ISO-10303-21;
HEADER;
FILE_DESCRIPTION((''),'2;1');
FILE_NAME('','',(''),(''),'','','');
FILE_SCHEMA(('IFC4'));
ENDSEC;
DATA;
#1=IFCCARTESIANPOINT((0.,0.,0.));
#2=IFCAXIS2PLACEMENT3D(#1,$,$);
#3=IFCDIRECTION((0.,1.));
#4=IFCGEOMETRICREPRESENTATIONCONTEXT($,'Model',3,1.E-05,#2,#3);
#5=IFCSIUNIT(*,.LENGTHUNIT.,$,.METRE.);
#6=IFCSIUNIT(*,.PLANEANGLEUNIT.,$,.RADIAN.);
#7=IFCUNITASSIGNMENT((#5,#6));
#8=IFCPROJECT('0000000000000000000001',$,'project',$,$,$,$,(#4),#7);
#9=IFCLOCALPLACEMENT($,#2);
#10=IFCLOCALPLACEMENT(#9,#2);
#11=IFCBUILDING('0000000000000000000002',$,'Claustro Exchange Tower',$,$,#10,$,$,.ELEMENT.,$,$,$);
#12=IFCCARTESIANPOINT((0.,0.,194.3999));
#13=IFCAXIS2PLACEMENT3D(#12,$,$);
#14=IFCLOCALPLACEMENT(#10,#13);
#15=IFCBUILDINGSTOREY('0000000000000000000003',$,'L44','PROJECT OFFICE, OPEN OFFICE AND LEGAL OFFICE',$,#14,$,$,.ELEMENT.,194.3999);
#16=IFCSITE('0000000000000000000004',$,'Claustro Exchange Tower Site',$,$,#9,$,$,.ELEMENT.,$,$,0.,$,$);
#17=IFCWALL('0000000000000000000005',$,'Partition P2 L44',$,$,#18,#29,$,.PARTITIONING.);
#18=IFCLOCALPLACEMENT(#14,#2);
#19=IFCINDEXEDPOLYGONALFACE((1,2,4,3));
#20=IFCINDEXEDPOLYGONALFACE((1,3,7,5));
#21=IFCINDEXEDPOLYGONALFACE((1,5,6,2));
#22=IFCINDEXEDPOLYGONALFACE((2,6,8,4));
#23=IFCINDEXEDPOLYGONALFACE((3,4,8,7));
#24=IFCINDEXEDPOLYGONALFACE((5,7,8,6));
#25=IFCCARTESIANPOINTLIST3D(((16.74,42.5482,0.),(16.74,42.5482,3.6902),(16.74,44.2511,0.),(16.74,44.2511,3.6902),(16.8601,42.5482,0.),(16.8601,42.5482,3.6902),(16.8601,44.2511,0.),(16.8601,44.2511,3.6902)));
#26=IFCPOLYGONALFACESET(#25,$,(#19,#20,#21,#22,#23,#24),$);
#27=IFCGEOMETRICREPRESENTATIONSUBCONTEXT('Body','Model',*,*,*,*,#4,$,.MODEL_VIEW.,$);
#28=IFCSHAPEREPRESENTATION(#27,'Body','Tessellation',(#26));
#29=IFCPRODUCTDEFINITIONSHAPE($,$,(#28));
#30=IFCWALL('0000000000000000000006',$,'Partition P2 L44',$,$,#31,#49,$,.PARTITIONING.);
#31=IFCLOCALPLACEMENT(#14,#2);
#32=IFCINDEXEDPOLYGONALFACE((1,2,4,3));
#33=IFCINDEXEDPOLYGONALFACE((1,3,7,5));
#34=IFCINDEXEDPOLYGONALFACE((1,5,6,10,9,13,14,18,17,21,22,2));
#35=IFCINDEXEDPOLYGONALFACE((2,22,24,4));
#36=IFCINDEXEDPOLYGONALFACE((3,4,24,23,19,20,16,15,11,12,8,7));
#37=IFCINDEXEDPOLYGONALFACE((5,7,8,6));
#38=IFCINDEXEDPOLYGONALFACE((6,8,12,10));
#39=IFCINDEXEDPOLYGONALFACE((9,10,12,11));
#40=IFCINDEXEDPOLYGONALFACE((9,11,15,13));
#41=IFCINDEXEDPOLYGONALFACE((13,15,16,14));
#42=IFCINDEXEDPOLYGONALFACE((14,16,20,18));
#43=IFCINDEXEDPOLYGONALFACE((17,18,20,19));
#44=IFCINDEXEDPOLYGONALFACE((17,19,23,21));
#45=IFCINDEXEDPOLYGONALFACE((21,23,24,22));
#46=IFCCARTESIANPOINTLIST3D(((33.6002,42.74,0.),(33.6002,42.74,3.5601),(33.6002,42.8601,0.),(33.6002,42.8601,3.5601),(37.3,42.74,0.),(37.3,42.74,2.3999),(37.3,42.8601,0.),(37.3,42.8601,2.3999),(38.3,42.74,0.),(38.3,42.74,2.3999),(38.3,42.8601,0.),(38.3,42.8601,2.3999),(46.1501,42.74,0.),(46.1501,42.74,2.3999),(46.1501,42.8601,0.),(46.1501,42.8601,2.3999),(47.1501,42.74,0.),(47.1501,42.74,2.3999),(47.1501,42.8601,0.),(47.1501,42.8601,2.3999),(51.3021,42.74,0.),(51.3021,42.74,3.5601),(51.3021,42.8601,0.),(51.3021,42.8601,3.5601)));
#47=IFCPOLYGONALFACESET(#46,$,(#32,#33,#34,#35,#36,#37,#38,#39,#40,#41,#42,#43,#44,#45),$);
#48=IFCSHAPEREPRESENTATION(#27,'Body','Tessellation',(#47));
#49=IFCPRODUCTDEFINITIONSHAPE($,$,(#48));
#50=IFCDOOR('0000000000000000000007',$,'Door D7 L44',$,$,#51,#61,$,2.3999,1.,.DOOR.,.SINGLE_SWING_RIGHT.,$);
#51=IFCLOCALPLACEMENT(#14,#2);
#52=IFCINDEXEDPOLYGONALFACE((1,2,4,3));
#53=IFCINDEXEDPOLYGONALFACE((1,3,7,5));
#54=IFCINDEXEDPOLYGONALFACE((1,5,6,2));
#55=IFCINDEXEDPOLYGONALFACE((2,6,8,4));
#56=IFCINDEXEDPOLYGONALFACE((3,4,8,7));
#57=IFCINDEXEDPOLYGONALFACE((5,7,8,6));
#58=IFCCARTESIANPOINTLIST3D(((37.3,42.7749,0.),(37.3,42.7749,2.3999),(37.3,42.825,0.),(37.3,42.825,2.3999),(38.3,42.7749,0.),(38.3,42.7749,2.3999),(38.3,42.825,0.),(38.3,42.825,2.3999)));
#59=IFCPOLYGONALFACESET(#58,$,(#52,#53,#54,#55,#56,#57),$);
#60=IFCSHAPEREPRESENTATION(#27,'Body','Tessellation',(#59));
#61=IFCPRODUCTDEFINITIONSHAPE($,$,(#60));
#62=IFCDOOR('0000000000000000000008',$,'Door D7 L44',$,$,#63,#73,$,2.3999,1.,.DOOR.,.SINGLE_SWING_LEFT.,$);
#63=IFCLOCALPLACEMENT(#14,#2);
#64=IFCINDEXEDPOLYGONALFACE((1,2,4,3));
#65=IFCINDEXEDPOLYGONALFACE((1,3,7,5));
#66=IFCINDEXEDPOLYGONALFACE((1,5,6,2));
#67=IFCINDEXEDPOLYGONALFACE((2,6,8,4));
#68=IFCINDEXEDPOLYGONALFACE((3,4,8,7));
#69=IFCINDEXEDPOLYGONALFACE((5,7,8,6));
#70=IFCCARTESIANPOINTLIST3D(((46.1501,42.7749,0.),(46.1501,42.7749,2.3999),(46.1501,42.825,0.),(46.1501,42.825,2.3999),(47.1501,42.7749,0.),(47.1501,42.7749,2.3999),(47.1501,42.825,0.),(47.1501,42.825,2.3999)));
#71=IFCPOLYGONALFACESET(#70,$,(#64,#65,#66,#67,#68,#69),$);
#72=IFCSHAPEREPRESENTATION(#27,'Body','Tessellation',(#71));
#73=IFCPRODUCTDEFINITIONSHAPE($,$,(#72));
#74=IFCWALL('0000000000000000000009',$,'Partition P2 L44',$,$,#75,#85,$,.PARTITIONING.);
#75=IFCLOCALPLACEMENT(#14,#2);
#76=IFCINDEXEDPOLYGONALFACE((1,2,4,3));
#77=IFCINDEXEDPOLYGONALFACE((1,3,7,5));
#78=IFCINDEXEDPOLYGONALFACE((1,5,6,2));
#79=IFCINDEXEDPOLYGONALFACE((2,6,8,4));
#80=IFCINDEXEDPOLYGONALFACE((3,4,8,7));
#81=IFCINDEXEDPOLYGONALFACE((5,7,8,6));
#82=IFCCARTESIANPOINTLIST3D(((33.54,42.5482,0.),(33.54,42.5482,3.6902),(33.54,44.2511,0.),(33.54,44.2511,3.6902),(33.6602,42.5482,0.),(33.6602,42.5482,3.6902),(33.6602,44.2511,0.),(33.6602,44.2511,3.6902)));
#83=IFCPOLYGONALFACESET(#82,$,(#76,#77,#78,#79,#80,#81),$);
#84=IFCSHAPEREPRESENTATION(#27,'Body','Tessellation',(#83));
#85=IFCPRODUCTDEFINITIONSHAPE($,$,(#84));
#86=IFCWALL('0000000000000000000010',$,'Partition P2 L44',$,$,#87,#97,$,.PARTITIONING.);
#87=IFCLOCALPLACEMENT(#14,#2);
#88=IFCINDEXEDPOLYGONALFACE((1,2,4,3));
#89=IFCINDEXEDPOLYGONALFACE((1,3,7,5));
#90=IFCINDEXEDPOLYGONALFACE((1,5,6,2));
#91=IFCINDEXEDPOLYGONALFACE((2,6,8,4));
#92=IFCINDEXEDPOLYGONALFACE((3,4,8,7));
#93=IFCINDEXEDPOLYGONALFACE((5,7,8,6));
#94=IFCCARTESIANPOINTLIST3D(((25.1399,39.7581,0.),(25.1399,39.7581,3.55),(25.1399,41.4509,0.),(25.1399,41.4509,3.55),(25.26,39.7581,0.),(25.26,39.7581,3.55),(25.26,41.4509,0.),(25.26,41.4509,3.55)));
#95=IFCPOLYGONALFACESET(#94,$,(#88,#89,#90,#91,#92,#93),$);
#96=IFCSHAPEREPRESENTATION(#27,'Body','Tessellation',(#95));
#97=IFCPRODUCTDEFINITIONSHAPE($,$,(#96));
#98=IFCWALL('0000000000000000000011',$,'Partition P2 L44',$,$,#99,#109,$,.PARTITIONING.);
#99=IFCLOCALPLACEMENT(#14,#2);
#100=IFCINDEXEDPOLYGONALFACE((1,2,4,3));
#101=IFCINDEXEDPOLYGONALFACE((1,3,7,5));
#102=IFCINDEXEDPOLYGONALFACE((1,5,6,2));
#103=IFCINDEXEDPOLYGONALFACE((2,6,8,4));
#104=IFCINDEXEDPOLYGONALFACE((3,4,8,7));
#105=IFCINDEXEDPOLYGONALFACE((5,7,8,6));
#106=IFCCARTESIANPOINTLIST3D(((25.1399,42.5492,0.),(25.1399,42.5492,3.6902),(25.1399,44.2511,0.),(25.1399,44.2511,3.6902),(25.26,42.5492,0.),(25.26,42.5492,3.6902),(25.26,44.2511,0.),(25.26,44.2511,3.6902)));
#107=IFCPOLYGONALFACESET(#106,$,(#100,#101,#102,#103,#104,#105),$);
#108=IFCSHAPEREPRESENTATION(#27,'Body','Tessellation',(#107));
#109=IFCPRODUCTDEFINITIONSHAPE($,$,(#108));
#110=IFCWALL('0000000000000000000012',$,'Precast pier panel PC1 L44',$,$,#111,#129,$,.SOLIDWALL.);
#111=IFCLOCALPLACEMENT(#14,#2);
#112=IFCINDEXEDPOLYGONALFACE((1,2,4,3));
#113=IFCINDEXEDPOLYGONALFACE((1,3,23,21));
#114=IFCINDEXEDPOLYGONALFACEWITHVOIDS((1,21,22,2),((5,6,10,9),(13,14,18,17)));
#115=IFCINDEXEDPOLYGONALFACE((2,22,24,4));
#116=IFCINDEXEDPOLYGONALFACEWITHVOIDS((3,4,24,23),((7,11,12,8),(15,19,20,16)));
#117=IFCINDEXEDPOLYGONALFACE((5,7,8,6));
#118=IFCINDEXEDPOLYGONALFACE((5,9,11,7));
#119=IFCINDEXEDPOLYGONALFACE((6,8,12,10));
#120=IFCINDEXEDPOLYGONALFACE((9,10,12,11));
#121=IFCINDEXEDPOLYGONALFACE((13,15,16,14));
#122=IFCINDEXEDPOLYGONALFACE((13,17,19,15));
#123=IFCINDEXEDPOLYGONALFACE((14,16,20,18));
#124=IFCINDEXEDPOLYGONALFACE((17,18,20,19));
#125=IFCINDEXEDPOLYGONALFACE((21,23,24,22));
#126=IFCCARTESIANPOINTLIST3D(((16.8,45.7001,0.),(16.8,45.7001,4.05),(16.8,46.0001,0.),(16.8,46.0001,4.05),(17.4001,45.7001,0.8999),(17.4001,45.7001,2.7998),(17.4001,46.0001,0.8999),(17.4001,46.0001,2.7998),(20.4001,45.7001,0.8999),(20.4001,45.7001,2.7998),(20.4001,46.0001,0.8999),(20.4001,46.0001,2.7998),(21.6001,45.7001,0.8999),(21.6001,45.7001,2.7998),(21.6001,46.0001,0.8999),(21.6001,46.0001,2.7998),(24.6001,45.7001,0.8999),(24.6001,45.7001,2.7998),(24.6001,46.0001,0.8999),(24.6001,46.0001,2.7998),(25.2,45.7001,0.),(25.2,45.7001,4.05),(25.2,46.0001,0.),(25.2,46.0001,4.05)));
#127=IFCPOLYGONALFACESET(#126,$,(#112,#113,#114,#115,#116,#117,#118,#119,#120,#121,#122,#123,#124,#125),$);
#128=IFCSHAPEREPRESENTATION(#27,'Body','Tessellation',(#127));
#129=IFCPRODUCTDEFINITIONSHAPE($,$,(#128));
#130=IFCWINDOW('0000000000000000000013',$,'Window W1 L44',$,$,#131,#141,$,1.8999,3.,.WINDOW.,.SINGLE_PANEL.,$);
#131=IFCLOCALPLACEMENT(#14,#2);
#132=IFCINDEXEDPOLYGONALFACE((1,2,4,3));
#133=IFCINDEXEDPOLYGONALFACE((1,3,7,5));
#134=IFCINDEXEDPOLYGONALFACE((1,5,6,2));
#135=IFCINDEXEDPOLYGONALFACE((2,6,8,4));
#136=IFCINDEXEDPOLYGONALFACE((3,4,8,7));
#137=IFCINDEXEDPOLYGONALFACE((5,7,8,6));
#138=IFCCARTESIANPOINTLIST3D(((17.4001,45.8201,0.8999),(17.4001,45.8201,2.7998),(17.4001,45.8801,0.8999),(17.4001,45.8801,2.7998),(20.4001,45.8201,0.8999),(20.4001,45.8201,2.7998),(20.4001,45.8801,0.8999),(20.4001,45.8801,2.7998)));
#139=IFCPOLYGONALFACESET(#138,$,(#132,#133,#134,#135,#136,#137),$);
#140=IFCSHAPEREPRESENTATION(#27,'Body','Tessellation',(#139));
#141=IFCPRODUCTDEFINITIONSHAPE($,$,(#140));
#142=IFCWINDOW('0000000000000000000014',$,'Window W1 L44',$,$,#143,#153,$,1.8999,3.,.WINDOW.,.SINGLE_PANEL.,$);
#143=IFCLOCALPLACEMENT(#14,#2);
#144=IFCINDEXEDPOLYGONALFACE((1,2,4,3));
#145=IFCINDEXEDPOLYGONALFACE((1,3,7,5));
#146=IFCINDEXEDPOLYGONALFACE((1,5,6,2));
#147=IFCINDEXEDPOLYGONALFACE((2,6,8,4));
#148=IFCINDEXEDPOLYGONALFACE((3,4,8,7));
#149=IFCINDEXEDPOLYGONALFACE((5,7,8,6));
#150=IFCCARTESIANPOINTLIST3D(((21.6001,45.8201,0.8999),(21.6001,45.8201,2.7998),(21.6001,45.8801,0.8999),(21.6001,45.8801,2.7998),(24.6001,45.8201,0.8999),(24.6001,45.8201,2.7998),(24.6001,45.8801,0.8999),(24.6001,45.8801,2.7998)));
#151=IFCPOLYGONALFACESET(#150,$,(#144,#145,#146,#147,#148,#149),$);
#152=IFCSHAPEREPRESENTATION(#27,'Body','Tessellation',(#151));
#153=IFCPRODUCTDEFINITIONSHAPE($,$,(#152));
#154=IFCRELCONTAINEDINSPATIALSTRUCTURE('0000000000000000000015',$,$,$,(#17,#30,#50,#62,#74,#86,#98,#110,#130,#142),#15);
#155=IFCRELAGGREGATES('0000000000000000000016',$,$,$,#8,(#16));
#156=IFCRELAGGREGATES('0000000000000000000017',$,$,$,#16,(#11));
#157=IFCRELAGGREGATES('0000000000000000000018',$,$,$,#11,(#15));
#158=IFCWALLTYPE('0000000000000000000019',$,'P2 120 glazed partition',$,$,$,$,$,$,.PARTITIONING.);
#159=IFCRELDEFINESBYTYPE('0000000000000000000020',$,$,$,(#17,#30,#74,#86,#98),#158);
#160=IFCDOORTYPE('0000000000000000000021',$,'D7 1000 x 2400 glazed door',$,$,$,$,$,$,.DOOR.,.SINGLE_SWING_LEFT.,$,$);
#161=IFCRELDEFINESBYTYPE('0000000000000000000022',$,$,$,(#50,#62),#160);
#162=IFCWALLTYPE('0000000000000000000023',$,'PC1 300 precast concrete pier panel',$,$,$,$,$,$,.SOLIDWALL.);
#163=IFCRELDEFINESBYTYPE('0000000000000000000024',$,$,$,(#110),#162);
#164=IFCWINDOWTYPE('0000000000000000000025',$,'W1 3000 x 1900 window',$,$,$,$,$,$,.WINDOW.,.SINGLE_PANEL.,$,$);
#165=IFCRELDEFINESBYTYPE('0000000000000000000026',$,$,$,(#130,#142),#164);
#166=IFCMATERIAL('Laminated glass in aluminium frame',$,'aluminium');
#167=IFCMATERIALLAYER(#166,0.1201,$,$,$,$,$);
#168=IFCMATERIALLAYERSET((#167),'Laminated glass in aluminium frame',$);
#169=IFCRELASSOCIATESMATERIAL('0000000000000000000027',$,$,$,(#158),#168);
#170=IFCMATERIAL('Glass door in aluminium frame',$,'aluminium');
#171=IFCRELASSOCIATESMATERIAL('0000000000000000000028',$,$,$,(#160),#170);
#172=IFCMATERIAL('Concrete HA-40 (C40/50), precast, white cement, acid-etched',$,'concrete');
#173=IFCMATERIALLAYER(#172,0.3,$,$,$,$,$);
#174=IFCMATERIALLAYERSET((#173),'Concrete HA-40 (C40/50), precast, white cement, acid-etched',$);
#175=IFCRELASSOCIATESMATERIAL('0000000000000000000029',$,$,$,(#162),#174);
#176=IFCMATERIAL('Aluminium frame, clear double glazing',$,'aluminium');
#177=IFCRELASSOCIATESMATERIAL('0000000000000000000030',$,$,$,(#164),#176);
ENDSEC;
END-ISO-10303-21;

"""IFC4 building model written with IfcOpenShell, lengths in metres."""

from ifc_helpers import new_model, si_unit, direction, frame, frame_2d, origin, place, context, subcontext, project, spatial, rectangle, extrude, material, layer, layer_set, type_object, element, fill, save


model = new_model("IFC4")

# Units and contexts
model_context = context("Model", 3, precision=1e-05, world=origin(), true_north=direction((0.0, 1.0)))
body_context = subcontext(model_context, "Body", "Model", "MODEL_VIEW")
ifc_project = project(units=[si_unit("LENGTHUNIT", "METRE"), si_unit("PLANEANGLEUNIT", "RADIAN")], contexts=[model_context])

# Site, building, storey
site_placement = place(None, origin())
site = spatial("IfcSite", under=ifc_project, at=site_placement, Name="Claustro Exchange Tower Site", CompositionType="ELEMENT", RefElevation=0.0)
building_placement = place(site_placement, origin())
building = spatial("IfcBuilding", under=site, at=building_placement, Name="Claustro Exchange Tower", CompositionType="ELEMENT")
storey_placement = place(building_placement, frame((0.0, 0.0, 194.3999)))
storey = spatial("IfcBuildingStorey", under=building, at=storey_placement, Name="L44", Description="PROJECT OFFICE, OPEN OFFICE AND LEGAL OFFICE", CompositionType="ELEMENT", Elevation=194.3999)

# Wall
ifc_material_1 = material(Name="Laminated glass in aluminium frame", Category="aluminium")
ifc_layer_1 = layer(ifc_material_1, 0.1201)
ifc_layer_set_1 = layer_set([ifc_layer_1], Name="Laminated glass in aluminium frame")
wall_type_1 = type_object("IfcWallType", Name="P2 120 glazed partition", PredefinedType="PARTITIONING", material=ifc_layer_set_1)
wall_1_placement = place(storey_placement, frame((16.8, 42.5481, 0.0), z_axis=(0.0, 0.0, 1.0), x_axis=(0.0, 1.0, 0.0)))
element("IfcWall", 1, at=wall_1_placement, inside=storey, type_object=wall_type_1, Name="Partition P2 L44", PredefinedType="PARTITIONING", context=body_context, shape_type="SweptSolid", body=[
    extrude(rectangle(XDim=1.7029, YDim=0.1201, at=frame_2d((0.8516, 0.0))), origin(), (0.0, 0.0, 1.0), 3.6902),
])

# Wall, openings, doors
wall_2_placement = place(storey_placement, frame((33.6001, 42.8, 0.0), z_axis=(0.0, 0.0, 1.0), x_axis=(1.0, 0.0, 0.0)))
wall_2 = element("IfcWall", 2, at=wall_2_placement, inside=storey, type_object=wall_type_1, Name="Partition P2 L44", PredefinedType="PARTITIONING", context=body_context, shape_type="SweptSolid", body=[
    extrude(rectangle(XDim=17.7019, YDim=0.1201, at=frame_2d((8.8511, 0.0))), origin(), (0.0, 0.0, 1.0), 3.5601),
])
opening_1_placement = place(wall_2_placement, frame((3.7, 0.0, 0.0)))
opening_1 = element("IfcOpeningElement", 3, at=opening_1_placement, cuts=wall_2, PredefinedType="OPENING", context=body_context, shape_type="SweptSolid", body=[
    extrude(rectangle(XDim=1.0, YDim=2.3999, at=frame_2d((0.5, 1.2))), frame((0.0, 0.0701, 0.0), z_axis=(0.0, -1.0, 0.0), x_axis=(1.0, 0.0, 0.0)), (0.0, 0.0, 1.0), 0.1401),
])
opening_2_placement = place(wall_2_placement, frame((12.55, 0.0, 0.0)))
opening_2 = element("IfcOpeningElement", 4, at=opening_2_placement, cuts=wall_2, PredefinedType="OPENING", context=body_context, shape_type="SweptSolid", body=[
    extrude(rectangle(XDim=1.0, YDim=2.3999, at=frame_2d((0.5, 1.2))), frame((0.0, 0.0701, 0.0), z_axis=(0.0, -1.0, 0.0), x_axis=(1.0, 0.0, 0.0)), (0.0, 0.0, 1.0), 0.1401),
])
ifc_material_2 = material(Name="Glass door in aluminium frame", Category="aluminium")
door_type = type_object("IfcDoorType", Name="D7 1000 x 2400 glazed door", OperationType="SINGLE_SWING_LEFT", PredefinedType="DOOR", material=ifc_material_2)
door_1_placement = place(opening_1_placement, origin())
door_1 = element("IfcDoor", 5, at=door_1_placement, inside=storey, type_object=door_type, Name="Door D7 L44", OperationType="SINGLE_SWING_RIGHT", OverallHeight=2.3999, OverallWidth=1.0, PredefinedType="DOOR", context=body_context, shape_type="SweptSolid", body=[
    extrude(rectangle(XDim=1.0, YDim=2.3999, at=frame_2d((0.5, 1.2))), frame((0.0, 0.0249, 0.0), z_axis=(0.0, -1.0, 0.0), x_axis=(1.0, 0.0, 0.0)), (0.0, 0.0, 1.0), 0.05),
])
fill(opening_1, door_1)
door_2_placement = place(opening_2_placement, origin())
door_2 = element("IfcDoor", 6, at=door_2_placement, inside=storey, type_object=door_type, Name="Door D7 L44", OperationType="SINGLE_SWING_LEFT", OverallHeight=2.3999, OverallWidth=1.0, PredefinedType="DOOR", context=body_context, shape_type="SweptSolid", body=[
    extrude(rectangle(XDim=1.0, YDim=2.3999, at=frame_2d((0.5, 1.2))), frame((0.0, 0.0249, 0.0), z_axis=(0.0, -1.0, 0.0), x_axis=(1.0, 0.0, 0.0)), (0.0, 0.0, 1.0), 0.05),
])
fill(opening_2, door_2)

# Walls
wall_3_placement = place(storey_placement, frame((33.6001, 42.5481, 0.0), z_axis=(0.0, 0.0, 1.0), x_axis=(0.0, 1.0, 0.0)))
element("IfcWall", 7, at=wall_3_placement, inside=storey, type_object=wall_type_1, Name="Partition P2 L44", PredefinedType="PARTITIONING", context=body_context, shape_type="SweptSolid", body=[
    extrude(rectangle(XDim=1.7029, YDim=0.1201, at=frame_2d((0.8516, 0.0))), origin(), (0.0, 0.0, 1.0), 3.6902),
])
wall_4_placement = place(storey_placement, frame((25.2, 39.7581, 0.0), z_axis=(0.0, 0.0, 1.0), x_axis=(0.0, 1.0, 0.0)))
element("IfcWall", 8, at=wall_4_placement, inside=storey, type_object=wall_type_1, Name="Partition P2 L44", PredefinedType="PARTITIONING", context=body_context, shape_type="SweptSolid", body=[
    extrude(rectangle(XDim=1.6929, YDim=0.1201, at=frame_2d((0.8464, 0.0))), origin(), (0.0, 0.0, 1.0), 3.55),
])
wall_5_placement = place(storey_placement, frame((25.2, 42.5491, 0.0), z_axis=(0.0, 0.0, 1.0), x_axis=(0.0, 1.0, 0.0)))
element("IfcWall", 9, at=wall_5_placement, inside=storey, type_object=wall_type_1, Name="Partition P2 L44", PredefinedType="PARTITIONING", context=body_context, shape_type="SweptSolid", body=[
    extrude(rectangle(XDim=1.7019, YDim=0.1201, at=frame_2d((0.8511, 0.0))), origin(), (0.0, 0.0, 1.0), 3.6902),
])

# Wall, openings, windows
ifc_material_3 = material(Name="Concrete HA-40 (C40/50), precast, white cement, acid-etched", Category="concrete")
ifc_layer_2 = layer(ifc_material_3, 0.3)
ifc_layer_set_2 = layer_set([ifc_layer_2], Name="Concrete HA-40 (C40/50), precast, white cement, acid-etched")
wall_type_2 = type_object("IfcWallType", Name="PC1 300 precast concrete pier panel", PredefinedType="SOLIDWALL", material=ifc_layer_set_2)
wall_6_placement = place(storey_placement, frame((16.8, 45.8501, 0.0), z_axis=(0.0, 0.0, 1.0), x_axis=(1.0, 0.0, 0.0)))
wall_6 = element("IfcWall", 10, at=wall_6_placement, inside=storey, type_object=wall_type_2, Name="Precast pier panel PC1 L44", PredefinedType="SOLIDWALL", context=body_context, shape_type="SweptSolid", body=[
    extrude(rectangle(XDim=8.3999, YDim=0.3, at=frame_2d((4.2, 0.0))), origin(), (0.0, 0.0, 1.0), 4.05),
])
opening_3_placement = place(wall_6_placement, frame((0.6001, 0.0, 0.8999)))
opening_3 = element("IfcOpeningElement", 11, at=opening_3_placement, cuts=wall_6, PredefinedType="OPENING", context=body_context, shape_type="SweptSolid", body=[
    extrude(rectangle(XDim=3.0, YDim=1.8999, at=frame_2d((1.5, 0.95))), frame((0.0, 0.1599, 0.0), z_axis=(0.0, -1.0, 0.0), x_axis=(1.0, 0.0, 0.0)), (0.0, 0.0, 1.0), 0.3201),
])
opening_4_placement = place(wall_6_placement, frame((4.8, 0.0, 0.8999)))
opening_4 = element("IfcOpeningElement", 12, at=opening_4_placement, cuts=wall_6, PredefinedType="OPENING", context=body_context, shape_type="SweptSolid", body=[
    extrude(rectangle(XDim=3.0, YDim=1.8999, at=frame_2d((1.5, 0.95))), frame((0.0, 0.1599, 0.0), z_axis=(0.0, -1.0, 0.0), x_axis=(1.0, 0.0, 0.0)), (0.0, 0.0, 1.0), 0.3201),
])
ifc_material_4 = material(Name="Aluminium frame, clear double glazing", Category="aluminium")
window_type = type_object("IfcWindowType", Name="W1 3000 x 1900 window", PartitioningType="SINGLE_PANEL", PredefinedType="WINDOW", material=ifc_material_4)
window_1_placement = place(opening_3_placement, origin())
window_1 = element("IfcWindow", 13, at=window_1_placement, inside=storey, type_object=window_type, Name="Window W1 L44", OverallHeight=1.8999, OverallWidth=3.0, PartitioningType="SINGLE_PANEL", PredefinedType="WINDOW", context=body_context, shape_type="SweptSolid", body=[
    extrude(rectangle(XDim=3.0, YDim=1.8999, at=frame_2d((1.5, 0.95))), frame((0.0, 0.03, 0.0), z_axis=(0.0, -1.0, 0.0), x_axis=(1.0, 0.0, 0.0)), (0.0, 0.0, 1.0), 0.0601),
])
fill(opening_3, window_1)
window_2_placement = place(opening_4_placement, origin())
window_2 = element("IfcWindow", 14, at=window_2_placement, inside=storey, type_object=window_type, Name="Window W1 L44", OverallHeight=1.8999, OverallWidth=3.0, PartitioningType="SINGLE_PANEL", PredefinedType="WINDOW", context=body_context, shape_type="SweptSolid", body=[
    extrude(rectangle(XDim=3.0, YDim=1.8999, at=frame_2d((1.5, 0.95))), frame((0.0, 0.03, 0.0), z_axis=(0.0, -1.0, 0.0), x_axis=(1.0, 0.0, 0.0)), (0.0, 0.0, 1.0), 0.0601),
])
fill(opening_4, window_2)

save(model, "model.ifc")
